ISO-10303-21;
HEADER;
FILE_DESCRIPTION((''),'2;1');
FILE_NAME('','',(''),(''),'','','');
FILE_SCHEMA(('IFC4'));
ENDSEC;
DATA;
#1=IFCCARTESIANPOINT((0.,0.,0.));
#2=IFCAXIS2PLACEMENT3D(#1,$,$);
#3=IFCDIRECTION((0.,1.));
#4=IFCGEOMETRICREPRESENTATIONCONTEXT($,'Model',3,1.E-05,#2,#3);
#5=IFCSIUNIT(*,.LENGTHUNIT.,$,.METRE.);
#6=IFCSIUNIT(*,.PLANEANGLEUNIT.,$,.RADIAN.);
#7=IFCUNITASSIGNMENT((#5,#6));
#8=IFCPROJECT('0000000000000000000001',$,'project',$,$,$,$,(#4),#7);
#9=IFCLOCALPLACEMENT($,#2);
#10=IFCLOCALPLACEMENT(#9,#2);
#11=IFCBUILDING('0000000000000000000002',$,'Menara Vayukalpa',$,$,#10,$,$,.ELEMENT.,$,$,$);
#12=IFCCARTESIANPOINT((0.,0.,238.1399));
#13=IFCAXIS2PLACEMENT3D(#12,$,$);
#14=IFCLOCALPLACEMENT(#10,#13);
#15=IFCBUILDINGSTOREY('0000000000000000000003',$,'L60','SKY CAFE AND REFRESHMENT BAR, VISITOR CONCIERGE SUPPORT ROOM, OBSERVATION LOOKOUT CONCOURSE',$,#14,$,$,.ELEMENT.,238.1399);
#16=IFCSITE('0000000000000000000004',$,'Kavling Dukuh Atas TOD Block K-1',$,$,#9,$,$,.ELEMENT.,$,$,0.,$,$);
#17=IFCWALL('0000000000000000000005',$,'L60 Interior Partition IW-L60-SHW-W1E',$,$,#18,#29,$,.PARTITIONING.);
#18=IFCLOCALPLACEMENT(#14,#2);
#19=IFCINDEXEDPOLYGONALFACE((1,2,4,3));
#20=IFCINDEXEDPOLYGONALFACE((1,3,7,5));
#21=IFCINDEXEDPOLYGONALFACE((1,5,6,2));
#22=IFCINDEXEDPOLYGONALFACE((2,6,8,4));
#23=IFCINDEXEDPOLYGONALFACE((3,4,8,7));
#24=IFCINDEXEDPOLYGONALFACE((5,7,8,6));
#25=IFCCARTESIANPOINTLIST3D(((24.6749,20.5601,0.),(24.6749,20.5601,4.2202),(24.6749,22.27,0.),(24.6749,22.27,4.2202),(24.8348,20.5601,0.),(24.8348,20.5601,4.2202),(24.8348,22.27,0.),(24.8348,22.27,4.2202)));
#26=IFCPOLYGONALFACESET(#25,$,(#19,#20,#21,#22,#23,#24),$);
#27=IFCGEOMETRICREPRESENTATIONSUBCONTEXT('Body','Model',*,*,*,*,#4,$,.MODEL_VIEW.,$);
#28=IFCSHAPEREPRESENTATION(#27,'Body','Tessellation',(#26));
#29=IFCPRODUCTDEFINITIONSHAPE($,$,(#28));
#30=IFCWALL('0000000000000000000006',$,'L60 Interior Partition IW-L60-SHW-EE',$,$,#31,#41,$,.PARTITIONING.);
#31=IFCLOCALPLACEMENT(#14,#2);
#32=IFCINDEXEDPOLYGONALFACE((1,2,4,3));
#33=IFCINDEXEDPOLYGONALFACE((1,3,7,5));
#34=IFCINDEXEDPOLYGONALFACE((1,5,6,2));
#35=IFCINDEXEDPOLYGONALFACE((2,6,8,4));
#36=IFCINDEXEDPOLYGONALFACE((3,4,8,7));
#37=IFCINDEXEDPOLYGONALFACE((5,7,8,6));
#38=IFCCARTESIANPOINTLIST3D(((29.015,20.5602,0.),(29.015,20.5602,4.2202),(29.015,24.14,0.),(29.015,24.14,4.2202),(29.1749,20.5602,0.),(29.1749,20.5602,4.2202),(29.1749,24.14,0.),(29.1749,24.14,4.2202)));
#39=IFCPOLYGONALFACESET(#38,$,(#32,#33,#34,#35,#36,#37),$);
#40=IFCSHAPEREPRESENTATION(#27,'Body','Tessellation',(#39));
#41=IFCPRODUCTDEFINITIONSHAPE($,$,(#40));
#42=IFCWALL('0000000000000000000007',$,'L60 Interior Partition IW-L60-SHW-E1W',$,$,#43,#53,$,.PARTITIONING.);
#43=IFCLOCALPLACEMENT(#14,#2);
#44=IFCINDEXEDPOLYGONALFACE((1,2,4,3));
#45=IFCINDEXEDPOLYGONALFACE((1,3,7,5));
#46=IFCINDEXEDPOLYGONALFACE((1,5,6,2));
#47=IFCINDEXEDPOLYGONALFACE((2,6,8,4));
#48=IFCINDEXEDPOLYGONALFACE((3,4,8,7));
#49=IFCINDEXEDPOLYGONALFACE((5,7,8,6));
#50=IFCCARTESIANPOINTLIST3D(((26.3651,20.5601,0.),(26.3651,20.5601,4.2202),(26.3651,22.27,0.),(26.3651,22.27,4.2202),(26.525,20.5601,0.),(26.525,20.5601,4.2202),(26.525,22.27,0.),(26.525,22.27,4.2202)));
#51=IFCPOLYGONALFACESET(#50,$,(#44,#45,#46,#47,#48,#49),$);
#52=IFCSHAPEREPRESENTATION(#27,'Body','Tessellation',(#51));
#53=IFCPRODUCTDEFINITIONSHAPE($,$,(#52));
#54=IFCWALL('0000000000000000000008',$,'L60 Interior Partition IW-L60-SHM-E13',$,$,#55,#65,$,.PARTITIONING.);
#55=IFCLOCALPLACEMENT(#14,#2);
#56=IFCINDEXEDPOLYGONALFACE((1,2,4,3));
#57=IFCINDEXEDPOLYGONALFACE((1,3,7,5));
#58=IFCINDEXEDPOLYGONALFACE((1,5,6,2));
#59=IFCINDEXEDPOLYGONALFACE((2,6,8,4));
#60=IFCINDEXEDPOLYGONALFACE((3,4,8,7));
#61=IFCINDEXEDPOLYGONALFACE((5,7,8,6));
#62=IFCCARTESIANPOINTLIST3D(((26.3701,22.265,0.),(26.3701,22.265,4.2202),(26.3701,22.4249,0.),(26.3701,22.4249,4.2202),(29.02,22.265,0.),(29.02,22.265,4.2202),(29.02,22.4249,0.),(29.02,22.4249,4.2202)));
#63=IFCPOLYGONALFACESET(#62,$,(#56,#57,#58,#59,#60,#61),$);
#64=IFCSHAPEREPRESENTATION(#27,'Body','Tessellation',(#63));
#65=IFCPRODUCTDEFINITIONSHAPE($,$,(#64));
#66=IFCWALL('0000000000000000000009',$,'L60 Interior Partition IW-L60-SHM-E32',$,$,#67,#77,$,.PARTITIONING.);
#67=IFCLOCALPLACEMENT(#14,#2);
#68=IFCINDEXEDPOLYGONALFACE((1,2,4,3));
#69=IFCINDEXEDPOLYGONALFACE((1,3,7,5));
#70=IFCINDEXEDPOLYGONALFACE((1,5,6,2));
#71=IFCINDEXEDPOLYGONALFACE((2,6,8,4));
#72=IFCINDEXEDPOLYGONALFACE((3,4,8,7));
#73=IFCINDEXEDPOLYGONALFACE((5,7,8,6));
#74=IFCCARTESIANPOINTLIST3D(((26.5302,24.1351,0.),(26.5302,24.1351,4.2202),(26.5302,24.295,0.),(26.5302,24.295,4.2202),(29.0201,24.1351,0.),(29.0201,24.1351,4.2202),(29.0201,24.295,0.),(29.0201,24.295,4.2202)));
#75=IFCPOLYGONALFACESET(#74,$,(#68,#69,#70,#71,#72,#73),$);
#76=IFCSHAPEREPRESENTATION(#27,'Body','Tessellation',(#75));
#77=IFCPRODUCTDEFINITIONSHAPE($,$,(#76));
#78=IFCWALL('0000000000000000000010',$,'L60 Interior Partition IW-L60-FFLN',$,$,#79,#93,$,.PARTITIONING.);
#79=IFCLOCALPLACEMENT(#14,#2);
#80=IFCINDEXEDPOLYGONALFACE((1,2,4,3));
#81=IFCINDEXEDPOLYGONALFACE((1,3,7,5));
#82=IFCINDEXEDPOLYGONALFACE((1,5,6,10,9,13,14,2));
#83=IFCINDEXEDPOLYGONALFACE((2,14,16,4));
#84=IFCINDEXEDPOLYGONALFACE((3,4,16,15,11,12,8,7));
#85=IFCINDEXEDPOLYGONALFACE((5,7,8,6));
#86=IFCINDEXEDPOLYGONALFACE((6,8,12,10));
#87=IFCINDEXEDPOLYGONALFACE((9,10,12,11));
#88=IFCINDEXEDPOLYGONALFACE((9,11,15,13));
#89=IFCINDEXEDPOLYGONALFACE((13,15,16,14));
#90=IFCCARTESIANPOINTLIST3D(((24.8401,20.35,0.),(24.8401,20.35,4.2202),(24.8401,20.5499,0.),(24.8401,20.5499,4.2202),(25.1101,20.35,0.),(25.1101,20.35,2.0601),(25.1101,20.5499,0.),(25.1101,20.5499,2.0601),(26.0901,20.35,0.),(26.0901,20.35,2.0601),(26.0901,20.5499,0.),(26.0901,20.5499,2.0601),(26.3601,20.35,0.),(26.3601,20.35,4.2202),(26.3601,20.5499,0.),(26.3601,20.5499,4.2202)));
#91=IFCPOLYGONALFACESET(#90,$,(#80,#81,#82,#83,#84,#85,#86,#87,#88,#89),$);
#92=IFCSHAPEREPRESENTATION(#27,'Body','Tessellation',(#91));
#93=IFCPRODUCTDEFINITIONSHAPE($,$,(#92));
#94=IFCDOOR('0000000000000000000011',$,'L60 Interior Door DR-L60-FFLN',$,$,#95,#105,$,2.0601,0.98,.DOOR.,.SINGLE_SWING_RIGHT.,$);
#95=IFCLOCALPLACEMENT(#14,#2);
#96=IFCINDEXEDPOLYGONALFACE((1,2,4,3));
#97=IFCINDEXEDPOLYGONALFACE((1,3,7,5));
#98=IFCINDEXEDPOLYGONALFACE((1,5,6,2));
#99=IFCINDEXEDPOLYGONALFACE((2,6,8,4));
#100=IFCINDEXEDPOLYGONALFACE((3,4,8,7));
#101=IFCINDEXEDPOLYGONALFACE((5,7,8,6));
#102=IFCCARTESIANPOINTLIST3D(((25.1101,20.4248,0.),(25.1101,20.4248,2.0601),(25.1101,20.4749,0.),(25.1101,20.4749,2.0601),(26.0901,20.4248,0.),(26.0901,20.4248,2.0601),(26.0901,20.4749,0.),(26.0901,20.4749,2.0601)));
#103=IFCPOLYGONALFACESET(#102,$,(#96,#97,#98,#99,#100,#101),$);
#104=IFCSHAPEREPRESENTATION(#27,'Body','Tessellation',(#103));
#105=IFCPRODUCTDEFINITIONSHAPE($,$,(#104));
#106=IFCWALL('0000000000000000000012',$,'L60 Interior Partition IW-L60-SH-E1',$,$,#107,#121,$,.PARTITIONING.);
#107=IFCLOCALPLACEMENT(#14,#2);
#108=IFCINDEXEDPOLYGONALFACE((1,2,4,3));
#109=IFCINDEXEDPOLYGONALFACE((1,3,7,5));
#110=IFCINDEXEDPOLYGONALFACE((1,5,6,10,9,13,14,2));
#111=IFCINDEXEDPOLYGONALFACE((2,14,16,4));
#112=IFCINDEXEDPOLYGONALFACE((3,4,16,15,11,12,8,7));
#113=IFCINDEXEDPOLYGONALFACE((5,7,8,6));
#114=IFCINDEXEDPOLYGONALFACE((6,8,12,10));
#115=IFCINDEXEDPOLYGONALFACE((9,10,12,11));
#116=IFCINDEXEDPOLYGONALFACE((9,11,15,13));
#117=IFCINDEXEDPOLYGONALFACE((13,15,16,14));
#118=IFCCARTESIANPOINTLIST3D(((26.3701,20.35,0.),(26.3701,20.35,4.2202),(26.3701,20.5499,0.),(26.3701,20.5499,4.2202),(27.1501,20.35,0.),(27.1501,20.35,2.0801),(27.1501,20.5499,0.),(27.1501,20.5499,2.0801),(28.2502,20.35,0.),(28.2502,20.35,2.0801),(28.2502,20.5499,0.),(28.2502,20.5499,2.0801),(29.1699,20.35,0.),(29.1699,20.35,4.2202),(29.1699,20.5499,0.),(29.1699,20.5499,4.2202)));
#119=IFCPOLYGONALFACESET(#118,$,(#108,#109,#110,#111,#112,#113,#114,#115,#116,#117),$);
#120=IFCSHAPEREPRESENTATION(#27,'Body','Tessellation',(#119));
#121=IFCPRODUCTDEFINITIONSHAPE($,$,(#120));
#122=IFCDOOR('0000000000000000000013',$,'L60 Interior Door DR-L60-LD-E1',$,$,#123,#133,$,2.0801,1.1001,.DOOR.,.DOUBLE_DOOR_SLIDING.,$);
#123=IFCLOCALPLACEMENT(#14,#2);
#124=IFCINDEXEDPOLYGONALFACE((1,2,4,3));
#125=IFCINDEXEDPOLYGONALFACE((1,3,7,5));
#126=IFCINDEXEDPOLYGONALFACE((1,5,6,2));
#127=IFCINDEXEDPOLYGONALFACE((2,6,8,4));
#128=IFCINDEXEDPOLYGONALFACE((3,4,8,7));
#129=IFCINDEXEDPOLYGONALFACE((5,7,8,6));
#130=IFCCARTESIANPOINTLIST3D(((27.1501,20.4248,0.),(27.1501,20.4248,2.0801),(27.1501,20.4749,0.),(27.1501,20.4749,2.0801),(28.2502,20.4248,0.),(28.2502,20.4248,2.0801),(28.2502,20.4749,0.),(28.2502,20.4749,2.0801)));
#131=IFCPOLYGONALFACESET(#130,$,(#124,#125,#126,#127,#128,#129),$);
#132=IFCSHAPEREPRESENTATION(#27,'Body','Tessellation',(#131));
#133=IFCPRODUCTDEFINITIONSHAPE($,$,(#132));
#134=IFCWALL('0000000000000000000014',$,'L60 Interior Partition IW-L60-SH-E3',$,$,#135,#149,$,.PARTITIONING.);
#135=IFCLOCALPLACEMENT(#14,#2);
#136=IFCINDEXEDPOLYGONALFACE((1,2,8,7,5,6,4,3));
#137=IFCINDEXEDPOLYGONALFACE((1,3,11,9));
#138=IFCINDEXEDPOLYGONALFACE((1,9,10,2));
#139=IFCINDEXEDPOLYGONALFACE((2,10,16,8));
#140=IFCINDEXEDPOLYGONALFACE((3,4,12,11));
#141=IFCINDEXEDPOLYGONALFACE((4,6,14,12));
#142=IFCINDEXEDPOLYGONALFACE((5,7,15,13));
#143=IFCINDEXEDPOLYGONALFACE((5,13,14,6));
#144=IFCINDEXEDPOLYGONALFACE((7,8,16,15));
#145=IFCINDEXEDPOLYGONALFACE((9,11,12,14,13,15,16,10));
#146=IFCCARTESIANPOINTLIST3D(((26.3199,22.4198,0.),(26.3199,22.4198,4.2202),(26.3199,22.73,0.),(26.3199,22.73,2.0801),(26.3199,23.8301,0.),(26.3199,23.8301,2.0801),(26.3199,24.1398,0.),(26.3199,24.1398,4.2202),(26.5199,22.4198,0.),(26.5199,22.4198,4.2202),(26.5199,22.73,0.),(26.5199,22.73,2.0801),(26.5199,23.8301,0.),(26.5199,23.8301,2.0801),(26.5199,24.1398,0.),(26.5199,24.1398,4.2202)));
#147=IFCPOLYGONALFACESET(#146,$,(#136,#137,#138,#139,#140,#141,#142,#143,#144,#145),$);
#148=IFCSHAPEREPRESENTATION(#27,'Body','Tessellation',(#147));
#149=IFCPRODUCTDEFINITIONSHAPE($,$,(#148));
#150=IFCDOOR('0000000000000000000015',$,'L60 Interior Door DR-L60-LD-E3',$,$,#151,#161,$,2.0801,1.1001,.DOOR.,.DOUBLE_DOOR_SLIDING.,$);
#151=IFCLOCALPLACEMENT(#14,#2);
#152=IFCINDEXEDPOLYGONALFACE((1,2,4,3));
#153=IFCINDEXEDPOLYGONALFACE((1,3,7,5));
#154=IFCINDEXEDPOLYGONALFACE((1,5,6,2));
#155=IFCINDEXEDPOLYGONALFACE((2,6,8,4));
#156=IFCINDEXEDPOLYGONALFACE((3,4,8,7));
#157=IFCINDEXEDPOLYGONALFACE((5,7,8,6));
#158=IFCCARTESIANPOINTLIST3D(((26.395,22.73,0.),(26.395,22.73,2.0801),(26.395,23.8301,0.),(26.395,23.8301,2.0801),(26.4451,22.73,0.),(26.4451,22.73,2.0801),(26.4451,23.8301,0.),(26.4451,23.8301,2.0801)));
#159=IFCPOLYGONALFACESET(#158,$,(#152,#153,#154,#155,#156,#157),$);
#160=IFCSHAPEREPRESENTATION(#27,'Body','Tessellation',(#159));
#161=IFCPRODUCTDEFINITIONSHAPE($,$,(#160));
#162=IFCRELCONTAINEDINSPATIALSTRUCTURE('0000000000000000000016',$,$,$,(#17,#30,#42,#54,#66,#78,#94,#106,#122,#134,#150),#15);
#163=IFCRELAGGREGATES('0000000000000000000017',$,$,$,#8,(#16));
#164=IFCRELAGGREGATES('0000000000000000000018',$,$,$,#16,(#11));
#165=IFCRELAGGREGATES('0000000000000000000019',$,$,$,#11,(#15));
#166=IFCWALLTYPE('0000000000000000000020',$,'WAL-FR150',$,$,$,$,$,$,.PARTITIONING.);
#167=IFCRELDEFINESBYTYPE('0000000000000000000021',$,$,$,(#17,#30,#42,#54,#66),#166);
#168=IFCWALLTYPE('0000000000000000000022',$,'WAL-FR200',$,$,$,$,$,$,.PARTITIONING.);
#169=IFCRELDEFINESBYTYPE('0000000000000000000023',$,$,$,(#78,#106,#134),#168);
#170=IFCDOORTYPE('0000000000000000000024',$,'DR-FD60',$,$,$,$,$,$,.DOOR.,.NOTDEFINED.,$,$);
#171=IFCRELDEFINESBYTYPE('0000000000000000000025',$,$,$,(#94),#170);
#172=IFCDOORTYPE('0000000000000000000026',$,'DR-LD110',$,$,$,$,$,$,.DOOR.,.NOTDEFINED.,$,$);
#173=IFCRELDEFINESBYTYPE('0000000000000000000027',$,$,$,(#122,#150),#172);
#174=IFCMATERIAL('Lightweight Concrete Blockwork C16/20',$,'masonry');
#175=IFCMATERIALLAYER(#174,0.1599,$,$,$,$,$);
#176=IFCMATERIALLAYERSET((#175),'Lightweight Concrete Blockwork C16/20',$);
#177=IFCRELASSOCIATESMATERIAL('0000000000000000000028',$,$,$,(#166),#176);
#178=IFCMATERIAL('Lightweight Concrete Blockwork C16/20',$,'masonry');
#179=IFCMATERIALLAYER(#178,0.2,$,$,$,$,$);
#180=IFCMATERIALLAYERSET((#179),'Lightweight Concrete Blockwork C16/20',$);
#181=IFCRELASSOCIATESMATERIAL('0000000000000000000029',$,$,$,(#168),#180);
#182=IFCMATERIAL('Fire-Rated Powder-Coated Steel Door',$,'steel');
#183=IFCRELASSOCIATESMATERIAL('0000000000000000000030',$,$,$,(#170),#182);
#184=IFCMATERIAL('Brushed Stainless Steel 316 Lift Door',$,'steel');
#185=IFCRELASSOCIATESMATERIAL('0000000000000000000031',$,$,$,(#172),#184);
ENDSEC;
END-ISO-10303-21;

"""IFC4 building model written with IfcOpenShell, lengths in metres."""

from ifc_helpers import new_model, si_unit, direction, frame, frame_2d, origin, place, context, subcontext, project, spatial, rectangle, extrude, material, layer, layer_set, type_object, element, fill, save


model = new_model("IFC4")

# Units and contexts
model_context = context("Model", 3, precision=1e-05, world=origin(), true_north=direction((0.0, 1.0)))
body_context = subcontext(model_context, "Body", "Model", "MODEL_VIEW")
ifc_project = project(units=[si_unit("LENGTHUNIT", "METRE"), si_unit("PLANEANGLEUNIT", "RADIAN")], contexts=[model_context])

# Site, building, storey
site_placement = place(None, origin())
site = spatial("IfcSite", under=ifc_project, at=site_placement, Name="Kavling Dukuh Atas TOD Block K-1", CompositionType="ELEMENT", RefElevation=0.0)
building_placement = place(site_placement, origin())
building = spatial("IfcBuilding", under=site, at=building_placement, Name="Menara Vayukalpa", CompositionType="ELEMENT")
storey_placement = place(building_placement, frame((0.0, 0.0, 238.1399)))
storey = spatial("IfcBuildingStorey", under=building, at=storey_placement, Name="L60", Description="SKY CAFE AND REFRESHMENT BAR, VISITOR CONCIERGE SUPPORT ROOM, OBSERVATION LOOKOUT CONCOURSE", CompositionType="ELEMENT", Elevation=238.1399)

# Walls
ifc_material_1 = material(Name="Lightweight Concrete Blockwork C16/20", Category="masonry")
ifc_layer_1 = layer(ifc_material_1, 0.1599)
ifc_layer_set_1 = layer_set([ifc_layer_1], Name="Lightweight Concrete Blockwork C16/20")
wall_type_1 = type_object("IfcWallType", Name="WAL-FR150", PredefinedType="PARTITIONING", material=ifc_layer_set_1)
wall_1_placement = place(storey_placement, frame((24.7549, 20.5601, 0.0), z_axis=(0.0, 0.0, 1.0), x_axis=(0.0, 1.0, 0.0)))
element("IfcWall", 1, at=wall_1_placement, inside=storey, type_object=wall_type_1, Name="L60 Interior Partition IW-L60-SHW-W1E", PredefinedType="PARTITIONING", context=body_context, shape_type="SweptSolid", body=[
    extrude(rectangle(XDim=1.71, YDim=0.1599, at=frame_2d((0.855, 0.0))), origin(), (0.0, 0.0, 1.0), 4.2202),
])
wall_2_placement = place(storey_placement, frame((29.095, 20.5601, 0.0), z_axis=(0.0, 0.0, 1.0), x_axis=(0.0, 1.0, 0.0)))
element("IfcWall", 2, at=wall_2_placement, inside=storey, type_object=wall_type_1, Name="L60 Interior Partition IW-L60-SHW-EE", PredefinedType="PARTITIONING", context=body_context, shape_type="SweptSolid", body=[
    extrude(rectangle(XDim=3.5798, YDim=0.1599, at=frame_2d((1.79, 0.0))), origin(), (0.0, 0.0, 1.0), 4.2202),
])
wall_3_placement = place(storey_placement, frame((26.4451, 20.5601, 0.0), z_axis=(0.0, 0.0, 1.0), x_axis=(0.0, 1.0, 0.0)))
element("IfcWall", 3, at=wall_3_placement, inside=storey, type_object=wall_type_1, Name="L60 Interior Partition IW-L60-SHW-E1W", PredefinedType="PARTITIONING", context=body_context, shape_type="SweptSolid", body=[
    extrude(rectangle(XDim=1.71, YDim=0.1599, at=frame_2d((0.855, 0.0))), origin(), (0.0, 0.0, 1.0), 4.2202),
])
wall_4_placement = place(storey_placement, frame((26.3701, 22.345, 0.0), z_axis=(0.0, 0.0, 1.0), x_axis=(1.0, 0.0, 0.0)))
element("IfcWall", 4, at=wall_4_placement, inside=storey, type_object=wall_type_1, Name="L60 Interior Partition IW-L60-SHM-E13", PredefinedType="PARTITIONING", context=body_context, shape_type="SweptSolid", body=[
    extrude(rectangle(XDim=2.6499, YDim=0.1599, at=frame_2d((1.325, 0.0))), origin(), (0.0, 0.0, 1.0), 4.2202),
])
wall_5_placement = place(storey_placement, frame((26.53, 24.2151, 0.0), z_axis=(0.0, 0.0, 1.0), x_axis=(1.0, 0.0, 0.0)))
element("IfcWall", 5, at=wall_5_placement, inside=storey, type_object=wall_type_1, Name="L60 Interior Partition IW-L60-SHM-E32", PredefinedType="PARTITIONING", context=body_context, shape_type="SweptSolid", body=[
    extrude(rectangle(XDim=2.49, YDim=0.1599, at=frame_2d((1.2451, 0.0))), origin(), (0.0, 0.0, 1.0), 4.2202),
])

# Walls, openings, doors
ifc_material_2 = material(Name="Lightweight Concrete Blockwork C16/20", Category="masonry")
ifc_layer_2 = layer(ifc_material_2, 0.2)
ifc_layer_set_2 = layer_set([ifc_layer_2], Name="Lightweight Concrete Blockwork C16/20")
wall_type_2 = type_object("IfcWallType", Name="WAL-FR200", PredefinedType="PARTITIONING", material=ifc_layer_set_2)
wall_6_placement = place(storey_placement, frame((24.8401, 20.45, 0.0), z_axis=(0.0, 0.0, 1.0), x_axis=(1.0, 0.0, 0.0)))
wall_6 = element("IfcWall", 6, at=wall_6_placement, inside=storey, type_object=wall_type_2, Name="L60 Interior Partition IW-L60-FFLN", PredefinedType="PARTITIONING", context=body_context, shape_type="SweptSolid", body=[
    extrude(rectangle(XDim=1.52, YDim=0.2, at=frame_2d((0.76, 0.0))), origin(), (0.0, 0.0, 1.0), 4.2202),
])
opening_1_placement = place(wall_6_placement, frame((0.27, 0.0, 0.0)))
opening_1 = element("IfcOpeningElement", 7, at=opening_1_placement, cuts=wall_6, PredefinedType="OPENING", context=body_context, shape_type="SweptSolid", body=[
    extrude(rectangle(XDim=0.98, YDim=2.0601, at=frame_2d((0.49, 1.03))), frame((0.0, 0.1099, 0.0), z_axis=(0.0, -1.0, 0.0), x_axis=(1.0, 0.0, 0.0)), (0.0, 0.0, 1.0), 0.22),
])
ifc_material_3 = material(Name="Fire-Rated Powder-Coated Steel Door", Category="steel")
door_type_1 = type_object("IfcDoorType", Name="DR-FD60", OperationType="NOTDEFINED", PredefinedType="DOOR", material=ifc_material_3)
door_1_placement = place(opening_1_placement, origin())
door_1 = element("IfcDoor", 8, at=door_1_placement, inside=storey, type_object=door_type_1, Name="L60 Interior Door DR-L60-FFLN", OperationType="SINGLE_SWING_RIGHT", OverallHeight=2.0601, OverallWidth=0.98, PredefinedType="DOOR", context=body_context, shape_type="SweptSolid", body=[
    extrude(rectangle(XDim=0.98, YDim=2.0601, at=frame_2d((0.49, 1.03))), frame((0.0, 0.0249, 0.0), z_axis=(0.0, -1.0, 0.0), x_axis=(1.0, 0.0, 0.0)), (0.0, 0.0, 1.0), 0.05),
])
fill(opening_1, door_1)
wall_7_placement = place(storey_placement, frame((26.3701, 20.45, 0.0), z_axis=(0.0, 0.0, 1.0), x_axis=(1.0, 0.0, 0.0)))
wall_7 = element("IfcWall", 9, at=wall_7_placement, inside=storey, type_object=wall_type_2, Name="L60 Interior Partition IW-L60-SH-E1", PredefinedType="PARTITIONING", context=body_context, shape_type="SweptSolid", body=[
    extrude(rectangle(XDim=2.7998, YDim=0.2, at=frame_2d((1.3999, 0.0))), origin(), (0.0, 0.0, 1.0), 4.2202),
])
opening_2_placement = place(wall_7_placement, frame((0.78, 0.0, 0.0)))
opening_2 = element("IfcOpeningElement", 10, at=opening_2_placement, cuts=wall_7, PredefinedType="OPENING", context=body_context, shape_type="SweptSolid", body=[
    extrude(rectangle(XDim=1.1001, YDim=2.0801, at=frame_2d((0.55, 1.04))), frame((0.0, 0.1099, 0.0), z_axis=(0.0, -1.0, 0.0), x_axis=(1.0, 0.0, 0.0)), (0.0, 0.0, 1.0), 0.22),
])
ifc_material_4 = material(Name="Brushed Stainless Steel 316 Lift Door", Category="steel")
door_type_2 = type_object("IfcDoorType", Name="DR-LD110", OperationType="NOTDEFINED", PredefinedType="DOOR", material=ifc_material_4)
door_2_placement = place(opening_2_placement, origin())
door_2 = element("IfcDoor", 11, at=door_2_placement, inside=storey, type_object=door_type_2, Name="L60 Interior Door DR-L60-LD-E1", OperationType="DOUBLE_DOOR_SLIDING", OverallHeight=2.0801, OverallWidth=1.1001, PredefinedType="DOOR", context=body_context, shape_type="SweptSolid", body=[
    extrude(rectangle(XDim=1.1001, YDim=2.0801, at=frame_2d((0.55, 1.04))), frame((0.0, 0.0249, 0.0), z_axis=(0.0, -1.0, 0.0), x_axis=(1.0, 0.0, 0.0)), (0.0, 0.0, 1.0), 0.05),
])
fill(opening_2, door_2)
wall_8_placement = place(storey_placement, frame((26.4199, 22.4199, 0.0), z_axis=(0.0, 0.0, 1.0), x_axis=(0.0, 1.0, 0.0)))
wall_8 = element("IfcWall", 12, at=wall_8_placement, inside=storey, type_object=wall_type_2, Name="L60 Interior Partition IW-L60-SH-E3", PredefinedType="PARTITIONING", context=body_context, shape_type="SweptSolid", body=[
    extrude(rectangle(XDim=1.72, YDim=0.2, at=frame_2d((0.8599, 0.0))), origin(), (0.0, 0.0, 1.0), 4.2202),
])
opening_3_placement = place(wall_8_placement, frame((0.3101, 0.0, 0.0)))
opening_3 = element("IfcOpeningElement", 13, at=opening_3_placement, cuts=wall_8, PredefinedType="OPENING", context=body_context, shape_type="SweptSolid", body=[
    extrude(rectangle(XDim=1.1001, YDim=2.0801, at=frame_2d((0.55, 1.04))), frame((0.0, 0.1099, 0.0), z_axis=(0.0, -1.0, 0.0), x_axis=(1.0, 0.0, 0.0)), (0.0, 0.0, 1.0), 0.22),
])
door_3_placement = place(opening_3_placement, origin())
door_3 = element("IfcDoor", 14, at=door_3_placement, inside=storey, type_object=door_type_2, Name="L60 Interior Door DR-L60-LD-E3", OperationType="DOUBLE_DOOR_SLIDING", OverallHeight=2.0801, OverallWidth=1.1001, PredefinedType="DOOR", context=body_context, shape_type="SweptSolid", body=[
    extrude(rectangle(XDim=1.1001, YDim=2.0801, at=frame_2d((0.55, 1.04))), frame((0.0, 0.0249, 0.0), z_axis=(0.0, -1.0, 0.0), x_axis=(1.0, 0.0, 0.0)), (0.0, 0.0, 1.0), 0.05),
])
fill(opening_3, door_3)

save(model, "model.ifc")
